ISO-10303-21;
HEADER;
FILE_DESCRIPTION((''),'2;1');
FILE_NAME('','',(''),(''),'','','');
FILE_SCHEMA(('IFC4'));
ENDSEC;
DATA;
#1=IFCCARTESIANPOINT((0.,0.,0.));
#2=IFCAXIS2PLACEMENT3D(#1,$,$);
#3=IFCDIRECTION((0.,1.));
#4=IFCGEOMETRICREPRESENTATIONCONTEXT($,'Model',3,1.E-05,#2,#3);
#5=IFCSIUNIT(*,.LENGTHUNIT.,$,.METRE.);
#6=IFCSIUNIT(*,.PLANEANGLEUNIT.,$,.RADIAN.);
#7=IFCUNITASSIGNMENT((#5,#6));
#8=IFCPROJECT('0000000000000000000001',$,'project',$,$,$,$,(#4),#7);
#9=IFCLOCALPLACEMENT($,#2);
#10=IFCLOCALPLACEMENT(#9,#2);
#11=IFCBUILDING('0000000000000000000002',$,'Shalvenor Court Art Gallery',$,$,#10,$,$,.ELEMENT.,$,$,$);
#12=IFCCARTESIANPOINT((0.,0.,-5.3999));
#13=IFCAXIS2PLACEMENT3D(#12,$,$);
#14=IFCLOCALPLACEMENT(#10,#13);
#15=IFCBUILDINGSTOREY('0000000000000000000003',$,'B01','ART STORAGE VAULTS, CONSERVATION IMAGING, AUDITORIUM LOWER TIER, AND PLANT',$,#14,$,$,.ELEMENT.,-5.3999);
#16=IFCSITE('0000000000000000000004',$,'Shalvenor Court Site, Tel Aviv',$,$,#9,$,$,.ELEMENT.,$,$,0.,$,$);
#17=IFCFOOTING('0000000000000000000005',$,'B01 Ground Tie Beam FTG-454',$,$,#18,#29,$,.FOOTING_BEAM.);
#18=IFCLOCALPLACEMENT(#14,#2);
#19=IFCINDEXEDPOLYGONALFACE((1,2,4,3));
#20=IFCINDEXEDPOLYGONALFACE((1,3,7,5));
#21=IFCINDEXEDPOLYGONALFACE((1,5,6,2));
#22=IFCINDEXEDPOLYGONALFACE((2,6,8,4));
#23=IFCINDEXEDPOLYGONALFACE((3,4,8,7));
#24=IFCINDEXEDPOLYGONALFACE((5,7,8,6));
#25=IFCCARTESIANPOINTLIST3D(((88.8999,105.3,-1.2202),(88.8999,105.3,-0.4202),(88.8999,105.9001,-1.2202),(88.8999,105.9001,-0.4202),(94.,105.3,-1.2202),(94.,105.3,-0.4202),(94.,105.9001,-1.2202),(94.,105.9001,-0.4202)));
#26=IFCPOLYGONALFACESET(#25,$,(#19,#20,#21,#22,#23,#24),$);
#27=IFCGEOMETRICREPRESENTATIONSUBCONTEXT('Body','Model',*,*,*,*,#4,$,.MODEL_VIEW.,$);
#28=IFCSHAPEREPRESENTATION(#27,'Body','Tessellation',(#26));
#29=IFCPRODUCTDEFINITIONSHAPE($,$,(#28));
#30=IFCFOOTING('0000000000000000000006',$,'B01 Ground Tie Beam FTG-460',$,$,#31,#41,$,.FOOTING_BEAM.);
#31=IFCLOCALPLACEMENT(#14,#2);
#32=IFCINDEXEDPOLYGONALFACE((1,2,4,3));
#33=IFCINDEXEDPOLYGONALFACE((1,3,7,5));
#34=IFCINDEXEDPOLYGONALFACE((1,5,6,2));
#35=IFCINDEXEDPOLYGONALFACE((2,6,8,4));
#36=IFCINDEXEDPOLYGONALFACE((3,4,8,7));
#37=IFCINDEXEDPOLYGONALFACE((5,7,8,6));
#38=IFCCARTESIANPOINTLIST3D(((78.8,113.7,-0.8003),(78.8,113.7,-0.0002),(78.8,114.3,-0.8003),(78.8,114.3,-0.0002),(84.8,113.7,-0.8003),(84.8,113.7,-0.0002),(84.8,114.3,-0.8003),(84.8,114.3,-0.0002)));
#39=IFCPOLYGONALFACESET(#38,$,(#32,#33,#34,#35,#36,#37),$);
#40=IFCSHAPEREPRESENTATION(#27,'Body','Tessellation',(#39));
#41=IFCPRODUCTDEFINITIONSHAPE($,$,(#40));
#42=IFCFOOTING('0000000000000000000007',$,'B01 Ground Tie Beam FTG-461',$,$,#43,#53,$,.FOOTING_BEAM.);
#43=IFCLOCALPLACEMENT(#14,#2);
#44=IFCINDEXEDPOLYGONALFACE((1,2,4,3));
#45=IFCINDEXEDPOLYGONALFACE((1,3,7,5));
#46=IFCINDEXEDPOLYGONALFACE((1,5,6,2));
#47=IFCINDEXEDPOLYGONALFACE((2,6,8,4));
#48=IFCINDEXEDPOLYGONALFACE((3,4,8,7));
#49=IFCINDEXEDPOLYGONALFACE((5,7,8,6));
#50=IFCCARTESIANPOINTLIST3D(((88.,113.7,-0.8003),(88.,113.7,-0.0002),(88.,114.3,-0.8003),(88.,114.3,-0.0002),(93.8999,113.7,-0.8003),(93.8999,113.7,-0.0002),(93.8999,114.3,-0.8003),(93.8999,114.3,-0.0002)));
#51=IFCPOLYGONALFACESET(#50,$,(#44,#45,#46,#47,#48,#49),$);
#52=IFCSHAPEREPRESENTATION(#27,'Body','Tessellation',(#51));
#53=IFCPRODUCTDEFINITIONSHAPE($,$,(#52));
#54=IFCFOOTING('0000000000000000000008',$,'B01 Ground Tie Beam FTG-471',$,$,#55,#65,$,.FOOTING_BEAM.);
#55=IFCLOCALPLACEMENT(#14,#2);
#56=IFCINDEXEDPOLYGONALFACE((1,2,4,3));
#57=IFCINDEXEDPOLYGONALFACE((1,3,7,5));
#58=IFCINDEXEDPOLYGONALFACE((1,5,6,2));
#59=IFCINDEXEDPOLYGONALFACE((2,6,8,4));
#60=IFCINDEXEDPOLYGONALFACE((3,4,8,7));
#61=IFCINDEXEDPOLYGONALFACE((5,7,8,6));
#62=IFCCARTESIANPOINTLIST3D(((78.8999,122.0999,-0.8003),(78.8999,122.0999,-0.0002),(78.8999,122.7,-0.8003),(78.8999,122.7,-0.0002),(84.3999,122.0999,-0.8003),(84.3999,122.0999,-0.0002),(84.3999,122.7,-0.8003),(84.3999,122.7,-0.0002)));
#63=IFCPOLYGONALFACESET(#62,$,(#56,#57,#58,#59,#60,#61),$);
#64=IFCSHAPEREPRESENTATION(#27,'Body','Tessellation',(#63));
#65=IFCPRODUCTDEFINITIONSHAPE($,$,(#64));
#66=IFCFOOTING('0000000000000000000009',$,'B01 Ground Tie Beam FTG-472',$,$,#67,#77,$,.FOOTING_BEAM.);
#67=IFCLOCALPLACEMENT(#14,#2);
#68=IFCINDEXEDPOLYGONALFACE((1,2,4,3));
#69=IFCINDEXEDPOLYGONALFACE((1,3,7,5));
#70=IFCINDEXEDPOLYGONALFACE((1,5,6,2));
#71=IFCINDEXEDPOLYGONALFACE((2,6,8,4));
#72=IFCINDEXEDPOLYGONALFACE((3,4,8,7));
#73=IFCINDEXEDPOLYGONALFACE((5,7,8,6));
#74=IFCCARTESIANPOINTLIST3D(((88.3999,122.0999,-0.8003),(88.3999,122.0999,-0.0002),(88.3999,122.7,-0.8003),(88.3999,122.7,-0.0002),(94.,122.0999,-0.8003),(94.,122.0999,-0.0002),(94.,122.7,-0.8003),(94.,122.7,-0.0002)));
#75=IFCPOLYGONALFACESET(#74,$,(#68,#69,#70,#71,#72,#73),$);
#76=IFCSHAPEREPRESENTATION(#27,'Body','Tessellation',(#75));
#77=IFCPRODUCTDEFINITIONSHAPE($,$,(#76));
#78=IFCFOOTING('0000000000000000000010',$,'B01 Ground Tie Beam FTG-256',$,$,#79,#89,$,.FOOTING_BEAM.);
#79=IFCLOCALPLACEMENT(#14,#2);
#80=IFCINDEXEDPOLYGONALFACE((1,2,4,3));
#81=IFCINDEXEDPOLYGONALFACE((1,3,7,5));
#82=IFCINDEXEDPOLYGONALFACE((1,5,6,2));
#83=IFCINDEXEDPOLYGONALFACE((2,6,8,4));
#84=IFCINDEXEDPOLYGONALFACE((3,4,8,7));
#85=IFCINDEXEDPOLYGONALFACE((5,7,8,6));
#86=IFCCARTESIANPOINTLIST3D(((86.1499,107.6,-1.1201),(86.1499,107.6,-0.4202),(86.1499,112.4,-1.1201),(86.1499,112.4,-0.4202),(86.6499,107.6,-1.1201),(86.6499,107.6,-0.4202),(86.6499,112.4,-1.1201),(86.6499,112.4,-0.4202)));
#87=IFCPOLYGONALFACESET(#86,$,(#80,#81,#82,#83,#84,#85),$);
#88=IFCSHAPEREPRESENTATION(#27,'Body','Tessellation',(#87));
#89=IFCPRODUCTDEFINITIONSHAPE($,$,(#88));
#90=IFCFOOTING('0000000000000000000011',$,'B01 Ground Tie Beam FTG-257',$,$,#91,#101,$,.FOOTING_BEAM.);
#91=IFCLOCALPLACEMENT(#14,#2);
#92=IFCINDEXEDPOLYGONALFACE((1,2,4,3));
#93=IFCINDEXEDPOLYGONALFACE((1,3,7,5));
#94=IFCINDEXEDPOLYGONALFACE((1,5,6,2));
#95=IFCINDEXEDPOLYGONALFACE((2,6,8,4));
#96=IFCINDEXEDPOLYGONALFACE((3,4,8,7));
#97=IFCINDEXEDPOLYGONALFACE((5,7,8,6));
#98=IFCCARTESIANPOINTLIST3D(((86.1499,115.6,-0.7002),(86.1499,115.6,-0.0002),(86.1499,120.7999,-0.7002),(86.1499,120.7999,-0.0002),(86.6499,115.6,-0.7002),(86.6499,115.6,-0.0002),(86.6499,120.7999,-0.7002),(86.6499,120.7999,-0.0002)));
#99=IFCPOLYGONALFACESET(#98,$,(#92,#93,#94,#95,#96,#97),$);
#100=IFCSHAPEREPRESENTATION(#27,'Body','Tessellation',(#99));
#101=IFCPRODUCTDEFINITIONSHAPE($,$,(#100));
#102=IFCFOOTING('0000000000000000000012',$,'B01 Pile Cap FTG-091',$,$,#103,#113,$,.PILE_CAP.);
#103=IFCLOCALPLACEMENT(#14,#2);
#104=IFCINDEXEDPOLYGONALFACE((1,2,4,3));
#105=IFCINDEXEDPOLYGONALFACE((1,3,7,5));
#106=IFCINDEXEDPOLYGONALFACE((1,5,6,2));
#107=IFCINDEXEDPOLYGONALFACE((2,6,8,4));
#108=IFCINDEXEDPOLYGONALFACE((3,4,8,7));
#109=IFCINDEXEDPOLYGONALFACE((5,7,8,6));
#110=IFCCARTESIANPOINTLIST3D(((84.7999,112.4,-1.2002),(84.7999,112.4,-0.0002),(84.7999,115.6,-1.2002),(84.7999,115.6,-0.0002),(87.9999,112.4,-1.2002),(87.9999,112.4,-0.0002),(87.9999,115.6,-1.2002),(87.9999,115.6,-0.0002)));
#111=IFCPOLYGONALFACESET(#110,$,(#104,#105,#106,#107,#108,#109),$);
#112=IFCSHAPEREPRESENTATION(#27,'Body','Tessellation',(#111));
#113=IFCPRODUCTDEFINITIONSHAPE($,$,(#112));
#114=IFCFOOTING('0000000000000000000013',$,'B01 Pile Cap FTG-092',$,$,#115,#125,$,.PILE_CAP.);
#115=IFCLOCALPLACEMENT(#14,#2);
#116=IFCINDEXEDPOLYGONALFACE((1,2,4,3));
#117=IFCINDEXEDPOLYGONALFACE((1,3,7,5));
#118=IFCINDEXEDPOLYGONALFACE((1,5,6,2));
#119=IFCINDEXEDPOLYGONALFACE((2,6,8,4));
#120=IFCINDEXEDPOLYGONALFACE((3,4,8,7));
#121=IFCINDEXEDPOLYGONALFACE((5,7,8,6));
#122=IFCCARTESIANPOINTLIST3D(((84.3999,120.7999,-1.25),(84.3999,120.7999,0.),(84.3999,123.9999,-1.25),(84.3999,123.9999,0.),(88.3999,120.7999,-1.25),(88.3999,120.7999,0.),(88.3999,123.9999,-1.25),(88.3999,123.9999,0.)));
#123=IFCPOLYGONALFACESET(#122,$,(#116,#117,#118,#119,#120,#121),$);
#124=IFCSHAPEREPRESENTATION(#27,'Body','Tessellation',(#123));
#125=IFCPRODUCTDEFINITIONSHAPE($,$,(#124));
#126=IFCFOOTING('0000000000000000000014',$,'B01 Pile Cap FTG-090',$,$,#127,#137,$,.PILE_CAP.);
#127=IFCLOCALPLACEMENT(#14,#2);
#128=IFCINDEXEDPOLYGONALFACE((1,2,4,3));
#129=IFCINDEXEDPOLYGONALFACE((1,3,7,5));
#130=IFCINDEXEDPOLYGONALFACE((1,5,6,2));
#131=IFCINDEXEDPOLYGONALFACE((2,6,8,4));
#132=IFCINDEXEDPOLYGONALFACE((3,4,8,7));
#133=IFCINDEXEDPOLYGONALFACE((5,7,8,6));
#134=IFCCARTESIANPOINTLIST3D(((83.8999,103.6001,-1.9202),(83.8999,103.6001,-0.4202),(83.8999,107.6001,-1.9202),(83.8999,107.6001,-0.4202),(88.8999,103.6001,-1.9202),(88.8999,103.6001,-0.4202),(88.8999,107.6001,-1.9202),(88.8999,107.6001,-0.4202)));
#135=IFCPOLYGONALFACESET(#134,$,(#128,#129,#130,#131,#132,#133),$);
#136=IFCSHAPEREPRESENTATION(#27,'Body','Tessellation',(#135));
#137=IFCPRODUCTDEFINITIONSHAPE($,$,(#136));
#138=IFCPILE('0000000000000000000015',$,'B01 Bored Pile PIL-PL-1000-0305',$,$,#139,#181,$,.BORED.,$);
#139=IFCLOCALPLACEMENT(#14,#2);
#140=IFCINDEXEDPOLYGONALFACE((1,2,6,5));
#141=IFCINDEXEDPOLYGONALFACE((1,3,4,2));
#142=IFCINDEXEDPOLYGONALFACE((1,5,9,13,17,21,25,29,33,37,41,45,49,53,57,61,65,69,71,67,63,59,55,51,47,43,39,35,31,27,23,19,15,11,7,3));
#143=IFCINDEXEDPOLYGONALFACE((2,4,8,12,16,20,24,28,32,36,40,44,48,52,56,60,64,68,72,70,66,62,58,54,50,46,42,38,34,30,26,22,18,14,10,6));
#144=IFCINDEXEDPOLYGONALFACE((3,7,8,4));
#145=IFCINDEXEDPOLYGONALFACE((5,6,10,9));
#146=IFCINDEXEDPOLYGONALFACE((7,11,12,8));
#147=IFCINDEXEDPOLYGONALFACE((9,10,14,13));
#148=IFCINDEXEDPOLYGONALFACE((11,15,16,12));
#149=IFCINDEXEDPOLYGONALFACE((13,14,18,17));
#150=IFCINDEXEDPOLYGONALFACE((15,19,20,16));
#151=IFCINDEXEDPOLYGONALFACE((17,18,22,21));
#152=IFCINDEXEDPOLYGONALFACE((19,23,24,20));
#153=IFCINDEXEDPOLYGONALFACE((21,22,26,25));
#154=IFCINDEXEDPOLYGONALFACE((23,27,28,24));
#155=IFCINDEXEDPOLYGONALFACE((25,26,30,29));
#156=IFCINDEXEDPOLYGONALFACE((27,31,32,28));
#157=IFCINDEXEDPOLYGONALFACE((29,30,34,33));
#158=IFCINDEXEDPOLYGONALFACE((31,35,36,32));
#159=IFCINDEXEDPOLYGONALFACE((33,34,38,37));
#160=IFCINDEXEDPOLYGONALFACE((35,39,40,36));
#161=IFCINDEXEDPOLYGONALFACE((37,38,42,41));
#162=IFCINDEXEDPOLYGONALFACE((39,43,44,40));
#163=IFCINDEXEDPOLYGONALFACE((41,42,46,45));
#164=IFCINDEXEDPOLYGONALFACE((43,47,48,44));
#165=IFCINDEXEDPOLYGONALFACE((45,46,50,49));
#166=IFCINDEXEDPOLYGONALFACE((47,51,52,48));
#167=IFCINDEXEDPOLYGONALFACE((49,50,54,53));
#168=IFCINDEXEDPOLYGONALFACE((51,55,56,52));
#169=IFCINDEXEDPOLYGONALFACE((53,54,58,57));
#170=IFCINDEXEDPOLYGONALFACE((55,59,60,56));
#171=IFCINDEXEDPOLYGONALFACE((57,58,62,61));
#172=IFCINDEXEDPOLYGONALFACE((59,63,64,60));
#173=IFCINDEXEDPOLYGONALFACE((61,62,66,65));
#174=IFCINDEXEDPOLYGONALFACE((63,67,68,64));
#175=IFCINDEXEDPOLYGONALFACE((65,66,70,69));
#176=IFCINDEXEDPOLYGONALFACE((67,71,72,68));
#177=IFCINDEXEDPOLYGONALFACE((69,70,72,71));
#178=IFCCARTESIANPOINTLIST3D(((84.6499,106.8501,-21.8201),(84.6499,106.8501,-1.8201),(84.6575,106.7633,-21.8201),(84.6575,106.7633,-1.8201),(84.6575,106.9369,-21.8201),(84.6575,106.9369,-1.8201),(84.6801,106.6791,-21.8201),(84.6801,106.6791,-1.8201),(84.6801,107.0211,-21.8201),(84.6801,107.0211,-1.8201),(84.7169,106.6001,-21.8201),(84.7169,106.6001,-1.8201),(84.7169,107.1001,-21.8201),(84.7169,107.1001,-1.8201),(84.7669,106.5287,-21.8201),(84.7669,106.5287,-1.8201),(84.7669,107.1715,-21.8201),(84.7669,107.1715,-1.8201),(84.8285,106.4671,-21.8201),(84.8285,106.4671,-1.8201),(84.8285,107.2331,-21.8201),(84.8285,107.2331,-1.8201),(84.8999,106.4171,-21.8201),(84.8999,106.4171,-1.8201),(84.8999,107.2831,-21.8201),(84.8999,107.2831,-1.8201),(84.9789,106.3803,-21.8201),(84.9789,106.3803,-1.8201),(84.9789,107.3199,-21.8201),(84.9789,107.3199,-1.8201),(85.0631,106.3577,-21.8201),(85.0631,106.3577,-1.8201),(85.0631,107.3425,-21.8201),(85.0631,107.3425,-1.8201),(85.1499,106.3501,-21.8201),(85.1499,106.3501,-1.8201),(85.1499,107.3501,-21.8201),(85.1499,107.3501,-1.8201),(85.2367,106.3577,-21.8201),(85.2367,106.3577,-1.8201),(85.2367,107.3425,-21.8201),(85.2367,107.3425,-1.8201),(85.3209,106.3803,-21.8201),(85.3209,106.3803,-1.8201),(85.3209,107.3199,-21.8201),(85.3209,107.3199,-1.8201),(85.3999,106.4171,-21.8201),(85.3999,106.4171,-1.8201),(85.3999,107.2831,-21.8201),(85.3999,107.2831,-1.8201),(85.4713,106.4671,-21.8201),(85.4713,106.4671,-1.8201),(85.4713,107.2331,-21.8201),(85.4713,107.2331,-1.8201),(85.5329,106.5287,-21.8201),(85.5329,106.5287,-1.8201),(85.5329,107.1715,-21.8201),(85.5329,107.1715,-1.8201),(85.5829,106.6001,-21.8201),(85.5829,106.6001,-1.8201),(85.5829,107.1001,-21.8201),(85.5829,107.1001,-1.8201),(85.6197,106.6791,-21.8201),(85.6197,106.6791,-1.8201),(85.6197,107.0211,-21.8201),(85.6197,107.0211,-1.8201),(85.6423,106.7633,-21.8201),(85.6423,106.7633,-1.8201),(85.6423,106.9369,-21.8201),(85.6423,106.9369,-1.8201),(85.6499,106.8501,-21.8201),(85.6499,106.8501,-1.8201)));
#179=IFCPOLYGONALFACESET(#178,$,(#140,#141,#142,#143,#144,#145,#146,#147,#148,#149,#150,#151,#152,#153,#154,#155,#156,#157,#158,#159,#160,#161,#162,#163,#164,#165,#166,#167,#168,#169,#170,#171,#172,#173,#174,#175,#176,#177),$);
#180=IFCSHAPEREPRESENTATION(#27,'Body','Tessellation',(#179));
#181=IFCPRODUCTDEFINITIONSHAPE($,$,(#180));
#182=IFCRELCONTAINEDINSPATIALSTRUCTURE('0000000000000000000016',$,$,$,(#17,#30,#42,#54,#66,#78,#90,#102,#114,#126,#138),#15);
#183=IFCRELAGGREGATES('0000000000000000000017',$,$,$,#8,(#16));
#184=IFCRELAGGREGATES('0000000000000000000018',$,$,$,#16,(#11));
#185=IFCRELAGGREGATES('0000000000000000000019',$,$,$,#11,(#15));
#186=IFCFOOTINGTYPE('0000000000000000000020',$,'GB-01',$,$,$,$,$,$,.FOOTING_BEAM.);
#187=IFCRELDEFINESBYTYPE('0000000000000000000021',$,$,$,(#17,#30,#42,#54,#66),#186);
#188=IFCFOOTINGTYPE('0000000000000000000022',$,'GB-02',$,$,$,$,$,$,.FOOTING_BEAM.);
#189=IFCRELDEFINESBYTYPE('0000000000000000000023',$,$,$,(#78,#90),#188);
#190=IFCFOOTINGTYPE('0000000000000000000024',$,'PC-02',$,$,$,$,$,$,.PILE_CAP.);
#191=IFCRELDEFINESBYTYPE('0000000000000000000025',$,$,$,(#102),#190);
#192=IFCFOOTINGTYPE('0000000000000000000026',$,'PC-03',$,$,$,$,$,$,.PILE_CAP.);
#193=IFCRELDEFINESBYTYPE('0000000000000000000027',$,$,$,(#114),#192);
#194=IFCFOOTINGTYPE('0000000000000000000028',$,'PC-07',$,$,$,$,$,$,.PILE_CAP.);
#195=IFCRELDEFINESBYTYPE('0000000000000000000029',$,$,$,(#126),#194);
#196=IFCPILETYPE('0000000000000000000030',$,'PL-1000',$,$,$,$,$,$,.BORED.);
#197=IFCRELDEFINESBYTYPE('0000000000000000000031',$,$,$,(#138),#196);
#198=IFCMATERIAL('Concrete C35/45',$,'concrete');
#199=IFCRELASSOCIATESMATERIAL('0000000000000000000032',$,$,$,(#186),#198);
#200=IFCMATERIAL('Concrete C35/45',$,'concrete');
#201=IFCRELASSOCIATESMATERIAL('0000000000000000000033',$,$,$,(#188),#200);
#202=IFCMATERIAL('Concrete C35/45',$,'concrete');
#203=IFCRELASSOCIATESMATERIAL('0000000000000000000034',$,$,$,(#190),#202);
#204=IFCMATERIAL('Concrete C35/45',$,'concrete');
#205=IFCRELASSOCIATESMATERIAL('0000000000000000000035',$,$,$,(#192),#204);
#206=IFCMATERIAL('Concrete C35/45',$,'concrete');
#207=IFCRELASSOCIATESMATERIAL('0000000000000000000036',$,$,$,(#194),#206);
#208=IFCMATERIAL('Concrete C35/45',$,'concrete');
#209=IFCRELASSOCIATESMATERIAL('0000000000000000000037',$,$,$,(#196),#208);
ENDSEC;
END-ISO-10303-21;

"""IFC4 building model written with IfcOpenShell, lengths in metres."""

from ifc_helpers import new_model, si_unit, direction, frame, origin, origin_2d, place, context, subcontext, project, spatial, rectangle, circle, extrude, material, material_profile, profile_set, type_object, element, save


model = new_model("IFC4")

# Units and contexts
model_context = context("Model", 3, precision=1e-05, world=origin(), true_north=direction((0.0, 1.0)))
body_context = subcontext(model_context, "Body", "Model", "MODEL_VIEW")
ifc_project = project(units=[si_unit("LENGTHUNIT", "METRE"), si_unit("PLANEANGLEUNIT", "RADIAN")], contexts=[model_context])

# Site, building, storey
site_placement = place(None, origin())
site = spatial("IfcSite", under=ifc_project, at=site_placement, Name="Shalvenor Court Site, Tel Aviv", CompositionType="ELEMENT", RefElevation=0.0)
building_placement = place(site_placement, origin())
building = spatial("IfcBuilding", under=site, at=building_placement, Name="Shalvenor Court Art Gallery", CompositionType="ELEMENT")
storey_placement = place(building_placement, frame((0.0, 0.0, -5.3999)))
storey = spatial("IfcBuildingStorey", under=building, at=storey_placement, Name="B01", Description="ART STORAGE VAULTS, CONSERVATION IMAGING, AUDITORIUM LOWER TIER, AND PLANT", CompositionType="ELEMENT", Elevation=-5.3999)

# Footings
ifc_material_1 = material(Name="Concrete C35/45", Category="concrete")
footing_type_1 = type_object("IfcFootingType", Name="GB-01", PredefinedType="FOOTING_BEAM", material=ifc_material_1)
footing_1_placement = place(storey_placement, frame((91.45, 105.6001, -1.2202), z_axis=(0.0, 0.0, 1.0), x_axis=(1.0, 0.0, 0.0)))
element("IfcFooting", 1, at=footing_1_placement, inside=storey, type_object=footing_type_1, Name="B01 Ground Tie Beam FTG-454", PredefinedType="FOOTING_BEAM", context=body_context, shape_type="SweptSolid", body=[
    extrude(rectangle(XDim=5.1001, YDim=0.6001, at=origin_2d()), origin(), (0.0, 0.0, 1.0), 0.8),
])
footing_2_placement = place(storey_placement, frame((81.8, 114.0, -0.8003), z_axis=(0.0, 0.0, 1.0), x_axis=(1.0, 0.0, 0.0)))
element("IfcFooting", 2, at=footing_2_placement, inside=storey, type_object=footing_type_1, Name="B01 Ground Tie Beam FTG-460", PredefinedType="FOOTING_BEAM", context=body_context, shape_type="SweptSolid", body=[
    extrude(rectangle(XDim=6.0, YDim=0.6001, at=origin_2d()), origin(), (0.0, 0.0, 1.0), 0.8),
])
footing_3_placement = place(storey_placement, frame((90.95, 114.0, -0.8003), z_axis=(0.0, 0.0, 1.0), x_axis=(1.0, 0.0, 0.0)))
element("IfcFooting", 3, at=footing_3_placement, inside=storey, type_object=footing_type_1, Name="B01 Ground Tie Beam FTG-461", PredefinedType="FOOTING_BEAM", context=body_context, shape_type="SweptSolid", body=[
    extrude(rectangle(XDim=5.8999, YDim=0.6001, at=origin_2d()), origin(), (0.0, 0.0, 1.0), 0.8),
])
footing_4_placement = place(storey_placement, frame((81.6499, 122.3999, -0.8003), z_axis=(0.0, 0.0, 1.0), x_axis=(1.0, 0.0, 0.0)))
element("IfcFooting", 4, at=footing_4_placement, inside=storey, type_object=footing_type_1, Name="B01 Ground Tie Beam FTG-471", PredefinedType="FOOTING_BEAM", context=body_context, shape_type="SweptSolid", body=[
    extrude(rectangle(XDim=5.5, YDim=0.6001, at=origin_2d()), origin(), (0.0, 0.0, 1.0), 0.8),
])
footing_5_placement = place(storey_placement, frame((91.2, 122.3999, -0.8003), z_axis=(0.0, 0.0, 1.0), x_axis=(1.0, 0.0, 0.0)))
element("IfcFooting", 5, at=footing_5_placement, inside=storey, type_object=footing_type_1, Name="B01 Ground Tie Beam FTG-472", PredefinedType="FOOTING_BEAM", context=body_context, shape_type="SweptSolid", body=[
    extrude(rectangle(XDim=5.6001, YDim=0.6001, at=origin_2d()), origin(), (0.0, 0.0, 1.0), 0.8),
])
ifc_material_2 = material(Name="Concrete C35/45", Category="concrete")
footing_type_2 = type_object("IfcFootingType", Name="GB-02", PredefinedType="FOOTING_BEAM", material=ifc_material_2)
footing_6_placement = place(storey_placement, frame((86.3999, 110.0, -1.1201), z_axis=(0.0, 0.0, 1.0), x_axis=(0.0, 1.0, 0.0)))
element("IfcFooting", 6, at=footing_6_placement, inside=storey, type_object=footing_type_2, Name="B01 Ground Tie Beam FTG-256", PredefinedType="FOOTING_BEAM", context=body_context, shape_type="SweptSolid", body=[
    extrude(rectangle(XDim=4.8, YDim=0.5, at=origin_2d()), origin(), (0.0, 0.0, 1.0), 0.7),
])
footing_7_placement = place(storey_placement, frame((86.3999, 118.2, -0.7002), z_axis=(0.0, 0.0, 1.0), x_axis=(0.0, 1.0, 0.0)))
element("IfcFooting", 7, at=footing_7_placement, inside=storey, type_object=footing_type_2, Name="B01 Ground Tie Beam FTG-257", PredefinedType="FOOTING_BEAM", context=body_context, shape_type="SweptSolid", body=[
    extrude(rectangle(XDim=5.2, YDim=0.5, at=origin_2d()), origin(), (0.0, 0.0, 1.0), 0.7),
])
ifc_material_3 = material(Name="Concrete C35/45", Category="concrete")
footing_type_3 = type_object("IfcFootingType", Name="PC-02", PredefinedType="PILE_CAP", material=ifc_material_3)
footing_8_placement = place(storey_placement, frame((86.3999, 114.0, -1.2002), z_axis=(0.0, 0.0, 1.0), x_axis=(1.0, 0.0, 0.0)))
element("IfcFooting", 8, at=footing_8_placement, inside=storey, type_object=footing_type_3, Name="B01 Pile Cap FTG-091", PredefinedType="PILE_CAP", context=body_context, shape_type="SweptSolid", body=[
    extrude(rectangle(XDim=3.2, YDim=3.2, at=origin_2d()), origin(), (0.0, 0.0, 1.0), 1.2),
])
ifc_material_4 = material(Name="Concrete C35/45", Category="concrete")
footing_type_4 = type_object("IfcFootingType", Name="PC-03", PredefinedType="PILE_CAP", material=ifc_material_4)
footing_9_placement = place(storey_placement, frame((86.3999, 122.3999, -1.25), z_axis=(0.0, 0.0, 1.0), x_axis=(1.0, 0.0, 0.0)))
element("IfcFooting", 9, at=footing_9_placement, inside=storey, type_object=footing_type_4, Name="B01 Pile Cap FTG-092", PredefinedType="PILE_CAP", context=body_context, shape_type="SweptSolid", body=[
    extrude(rectangle(XDim=4.0, YDim=3.2, at=origin_2d()), origin(), (0.0, 0.0, 1.0), 1.25),
])
ifc_material_5 = material(Name="Concrete C35/45", Category="concrete")
footing_type_5 = type_object("IfcFootingType", Name="PC-07", PredefinedType="PILE_CAP", material=ifc_material_5)
footing_10_placement = place(storey_placement, frame((86.3999, 105.6001, -1.9202), z_axis=(0.0, 0.0, 1.0), x_axis=(1.0, 0.0, 0.0)))
element("IfcFooting", 10, at=footing_10_placement, inside=storey, type_object=footing_type_5, Name="B01 Pile Cap FTG-090", PredefinedType="PILE_CAP", context=body_context, shape_type="SweptSolid", body=[
    extrude(rectangle(XDim=5.0, YDim=4.0, at=origin_2d()), origin(), (0.0, 0.0, 1.0), 1.5),
])

# Pile
ifc_material_6 = material(Name="Concrete C35/45", Category="concrete")
ifc_material_profile_1 = material_profile(ifc_material_6, circle(Radius=0.5, at=origin_2d()), Name="PILE 1000")
ifc_profile_set_1 = profile_set([ifc_material_profile_1], Name="Concrete C35/45")
pile_type_1 = type_object("IfcPileType", Name="PL-1000", PredefinedType="BORED", material=ifc_profile_set_1)
for number, where, z_axis, x_axis, name in (
    (11, (85.1499, 106.8501, -1.8201), (0.0, 0.0, -1.0), (1.0, 0.0, 0.0), "B01 Bored Pile PIL-PL-1000-0305"),
):
    element("IfcPile", number, at=place(storey_placement, frame(where, z_axis=z_axis, x_axis=x_axis)), inside=storey, type_object=pile_type_1, Name=name, PredefinedType="BORED", context=body_context, shape_type="SweptSolid", body=[
        extrude(circle(Radius=0.5, at=origin_2d()), origin(), (0.0, 0.0, 1.0), 20.0),
    ])

save(model, "model.ifc")
